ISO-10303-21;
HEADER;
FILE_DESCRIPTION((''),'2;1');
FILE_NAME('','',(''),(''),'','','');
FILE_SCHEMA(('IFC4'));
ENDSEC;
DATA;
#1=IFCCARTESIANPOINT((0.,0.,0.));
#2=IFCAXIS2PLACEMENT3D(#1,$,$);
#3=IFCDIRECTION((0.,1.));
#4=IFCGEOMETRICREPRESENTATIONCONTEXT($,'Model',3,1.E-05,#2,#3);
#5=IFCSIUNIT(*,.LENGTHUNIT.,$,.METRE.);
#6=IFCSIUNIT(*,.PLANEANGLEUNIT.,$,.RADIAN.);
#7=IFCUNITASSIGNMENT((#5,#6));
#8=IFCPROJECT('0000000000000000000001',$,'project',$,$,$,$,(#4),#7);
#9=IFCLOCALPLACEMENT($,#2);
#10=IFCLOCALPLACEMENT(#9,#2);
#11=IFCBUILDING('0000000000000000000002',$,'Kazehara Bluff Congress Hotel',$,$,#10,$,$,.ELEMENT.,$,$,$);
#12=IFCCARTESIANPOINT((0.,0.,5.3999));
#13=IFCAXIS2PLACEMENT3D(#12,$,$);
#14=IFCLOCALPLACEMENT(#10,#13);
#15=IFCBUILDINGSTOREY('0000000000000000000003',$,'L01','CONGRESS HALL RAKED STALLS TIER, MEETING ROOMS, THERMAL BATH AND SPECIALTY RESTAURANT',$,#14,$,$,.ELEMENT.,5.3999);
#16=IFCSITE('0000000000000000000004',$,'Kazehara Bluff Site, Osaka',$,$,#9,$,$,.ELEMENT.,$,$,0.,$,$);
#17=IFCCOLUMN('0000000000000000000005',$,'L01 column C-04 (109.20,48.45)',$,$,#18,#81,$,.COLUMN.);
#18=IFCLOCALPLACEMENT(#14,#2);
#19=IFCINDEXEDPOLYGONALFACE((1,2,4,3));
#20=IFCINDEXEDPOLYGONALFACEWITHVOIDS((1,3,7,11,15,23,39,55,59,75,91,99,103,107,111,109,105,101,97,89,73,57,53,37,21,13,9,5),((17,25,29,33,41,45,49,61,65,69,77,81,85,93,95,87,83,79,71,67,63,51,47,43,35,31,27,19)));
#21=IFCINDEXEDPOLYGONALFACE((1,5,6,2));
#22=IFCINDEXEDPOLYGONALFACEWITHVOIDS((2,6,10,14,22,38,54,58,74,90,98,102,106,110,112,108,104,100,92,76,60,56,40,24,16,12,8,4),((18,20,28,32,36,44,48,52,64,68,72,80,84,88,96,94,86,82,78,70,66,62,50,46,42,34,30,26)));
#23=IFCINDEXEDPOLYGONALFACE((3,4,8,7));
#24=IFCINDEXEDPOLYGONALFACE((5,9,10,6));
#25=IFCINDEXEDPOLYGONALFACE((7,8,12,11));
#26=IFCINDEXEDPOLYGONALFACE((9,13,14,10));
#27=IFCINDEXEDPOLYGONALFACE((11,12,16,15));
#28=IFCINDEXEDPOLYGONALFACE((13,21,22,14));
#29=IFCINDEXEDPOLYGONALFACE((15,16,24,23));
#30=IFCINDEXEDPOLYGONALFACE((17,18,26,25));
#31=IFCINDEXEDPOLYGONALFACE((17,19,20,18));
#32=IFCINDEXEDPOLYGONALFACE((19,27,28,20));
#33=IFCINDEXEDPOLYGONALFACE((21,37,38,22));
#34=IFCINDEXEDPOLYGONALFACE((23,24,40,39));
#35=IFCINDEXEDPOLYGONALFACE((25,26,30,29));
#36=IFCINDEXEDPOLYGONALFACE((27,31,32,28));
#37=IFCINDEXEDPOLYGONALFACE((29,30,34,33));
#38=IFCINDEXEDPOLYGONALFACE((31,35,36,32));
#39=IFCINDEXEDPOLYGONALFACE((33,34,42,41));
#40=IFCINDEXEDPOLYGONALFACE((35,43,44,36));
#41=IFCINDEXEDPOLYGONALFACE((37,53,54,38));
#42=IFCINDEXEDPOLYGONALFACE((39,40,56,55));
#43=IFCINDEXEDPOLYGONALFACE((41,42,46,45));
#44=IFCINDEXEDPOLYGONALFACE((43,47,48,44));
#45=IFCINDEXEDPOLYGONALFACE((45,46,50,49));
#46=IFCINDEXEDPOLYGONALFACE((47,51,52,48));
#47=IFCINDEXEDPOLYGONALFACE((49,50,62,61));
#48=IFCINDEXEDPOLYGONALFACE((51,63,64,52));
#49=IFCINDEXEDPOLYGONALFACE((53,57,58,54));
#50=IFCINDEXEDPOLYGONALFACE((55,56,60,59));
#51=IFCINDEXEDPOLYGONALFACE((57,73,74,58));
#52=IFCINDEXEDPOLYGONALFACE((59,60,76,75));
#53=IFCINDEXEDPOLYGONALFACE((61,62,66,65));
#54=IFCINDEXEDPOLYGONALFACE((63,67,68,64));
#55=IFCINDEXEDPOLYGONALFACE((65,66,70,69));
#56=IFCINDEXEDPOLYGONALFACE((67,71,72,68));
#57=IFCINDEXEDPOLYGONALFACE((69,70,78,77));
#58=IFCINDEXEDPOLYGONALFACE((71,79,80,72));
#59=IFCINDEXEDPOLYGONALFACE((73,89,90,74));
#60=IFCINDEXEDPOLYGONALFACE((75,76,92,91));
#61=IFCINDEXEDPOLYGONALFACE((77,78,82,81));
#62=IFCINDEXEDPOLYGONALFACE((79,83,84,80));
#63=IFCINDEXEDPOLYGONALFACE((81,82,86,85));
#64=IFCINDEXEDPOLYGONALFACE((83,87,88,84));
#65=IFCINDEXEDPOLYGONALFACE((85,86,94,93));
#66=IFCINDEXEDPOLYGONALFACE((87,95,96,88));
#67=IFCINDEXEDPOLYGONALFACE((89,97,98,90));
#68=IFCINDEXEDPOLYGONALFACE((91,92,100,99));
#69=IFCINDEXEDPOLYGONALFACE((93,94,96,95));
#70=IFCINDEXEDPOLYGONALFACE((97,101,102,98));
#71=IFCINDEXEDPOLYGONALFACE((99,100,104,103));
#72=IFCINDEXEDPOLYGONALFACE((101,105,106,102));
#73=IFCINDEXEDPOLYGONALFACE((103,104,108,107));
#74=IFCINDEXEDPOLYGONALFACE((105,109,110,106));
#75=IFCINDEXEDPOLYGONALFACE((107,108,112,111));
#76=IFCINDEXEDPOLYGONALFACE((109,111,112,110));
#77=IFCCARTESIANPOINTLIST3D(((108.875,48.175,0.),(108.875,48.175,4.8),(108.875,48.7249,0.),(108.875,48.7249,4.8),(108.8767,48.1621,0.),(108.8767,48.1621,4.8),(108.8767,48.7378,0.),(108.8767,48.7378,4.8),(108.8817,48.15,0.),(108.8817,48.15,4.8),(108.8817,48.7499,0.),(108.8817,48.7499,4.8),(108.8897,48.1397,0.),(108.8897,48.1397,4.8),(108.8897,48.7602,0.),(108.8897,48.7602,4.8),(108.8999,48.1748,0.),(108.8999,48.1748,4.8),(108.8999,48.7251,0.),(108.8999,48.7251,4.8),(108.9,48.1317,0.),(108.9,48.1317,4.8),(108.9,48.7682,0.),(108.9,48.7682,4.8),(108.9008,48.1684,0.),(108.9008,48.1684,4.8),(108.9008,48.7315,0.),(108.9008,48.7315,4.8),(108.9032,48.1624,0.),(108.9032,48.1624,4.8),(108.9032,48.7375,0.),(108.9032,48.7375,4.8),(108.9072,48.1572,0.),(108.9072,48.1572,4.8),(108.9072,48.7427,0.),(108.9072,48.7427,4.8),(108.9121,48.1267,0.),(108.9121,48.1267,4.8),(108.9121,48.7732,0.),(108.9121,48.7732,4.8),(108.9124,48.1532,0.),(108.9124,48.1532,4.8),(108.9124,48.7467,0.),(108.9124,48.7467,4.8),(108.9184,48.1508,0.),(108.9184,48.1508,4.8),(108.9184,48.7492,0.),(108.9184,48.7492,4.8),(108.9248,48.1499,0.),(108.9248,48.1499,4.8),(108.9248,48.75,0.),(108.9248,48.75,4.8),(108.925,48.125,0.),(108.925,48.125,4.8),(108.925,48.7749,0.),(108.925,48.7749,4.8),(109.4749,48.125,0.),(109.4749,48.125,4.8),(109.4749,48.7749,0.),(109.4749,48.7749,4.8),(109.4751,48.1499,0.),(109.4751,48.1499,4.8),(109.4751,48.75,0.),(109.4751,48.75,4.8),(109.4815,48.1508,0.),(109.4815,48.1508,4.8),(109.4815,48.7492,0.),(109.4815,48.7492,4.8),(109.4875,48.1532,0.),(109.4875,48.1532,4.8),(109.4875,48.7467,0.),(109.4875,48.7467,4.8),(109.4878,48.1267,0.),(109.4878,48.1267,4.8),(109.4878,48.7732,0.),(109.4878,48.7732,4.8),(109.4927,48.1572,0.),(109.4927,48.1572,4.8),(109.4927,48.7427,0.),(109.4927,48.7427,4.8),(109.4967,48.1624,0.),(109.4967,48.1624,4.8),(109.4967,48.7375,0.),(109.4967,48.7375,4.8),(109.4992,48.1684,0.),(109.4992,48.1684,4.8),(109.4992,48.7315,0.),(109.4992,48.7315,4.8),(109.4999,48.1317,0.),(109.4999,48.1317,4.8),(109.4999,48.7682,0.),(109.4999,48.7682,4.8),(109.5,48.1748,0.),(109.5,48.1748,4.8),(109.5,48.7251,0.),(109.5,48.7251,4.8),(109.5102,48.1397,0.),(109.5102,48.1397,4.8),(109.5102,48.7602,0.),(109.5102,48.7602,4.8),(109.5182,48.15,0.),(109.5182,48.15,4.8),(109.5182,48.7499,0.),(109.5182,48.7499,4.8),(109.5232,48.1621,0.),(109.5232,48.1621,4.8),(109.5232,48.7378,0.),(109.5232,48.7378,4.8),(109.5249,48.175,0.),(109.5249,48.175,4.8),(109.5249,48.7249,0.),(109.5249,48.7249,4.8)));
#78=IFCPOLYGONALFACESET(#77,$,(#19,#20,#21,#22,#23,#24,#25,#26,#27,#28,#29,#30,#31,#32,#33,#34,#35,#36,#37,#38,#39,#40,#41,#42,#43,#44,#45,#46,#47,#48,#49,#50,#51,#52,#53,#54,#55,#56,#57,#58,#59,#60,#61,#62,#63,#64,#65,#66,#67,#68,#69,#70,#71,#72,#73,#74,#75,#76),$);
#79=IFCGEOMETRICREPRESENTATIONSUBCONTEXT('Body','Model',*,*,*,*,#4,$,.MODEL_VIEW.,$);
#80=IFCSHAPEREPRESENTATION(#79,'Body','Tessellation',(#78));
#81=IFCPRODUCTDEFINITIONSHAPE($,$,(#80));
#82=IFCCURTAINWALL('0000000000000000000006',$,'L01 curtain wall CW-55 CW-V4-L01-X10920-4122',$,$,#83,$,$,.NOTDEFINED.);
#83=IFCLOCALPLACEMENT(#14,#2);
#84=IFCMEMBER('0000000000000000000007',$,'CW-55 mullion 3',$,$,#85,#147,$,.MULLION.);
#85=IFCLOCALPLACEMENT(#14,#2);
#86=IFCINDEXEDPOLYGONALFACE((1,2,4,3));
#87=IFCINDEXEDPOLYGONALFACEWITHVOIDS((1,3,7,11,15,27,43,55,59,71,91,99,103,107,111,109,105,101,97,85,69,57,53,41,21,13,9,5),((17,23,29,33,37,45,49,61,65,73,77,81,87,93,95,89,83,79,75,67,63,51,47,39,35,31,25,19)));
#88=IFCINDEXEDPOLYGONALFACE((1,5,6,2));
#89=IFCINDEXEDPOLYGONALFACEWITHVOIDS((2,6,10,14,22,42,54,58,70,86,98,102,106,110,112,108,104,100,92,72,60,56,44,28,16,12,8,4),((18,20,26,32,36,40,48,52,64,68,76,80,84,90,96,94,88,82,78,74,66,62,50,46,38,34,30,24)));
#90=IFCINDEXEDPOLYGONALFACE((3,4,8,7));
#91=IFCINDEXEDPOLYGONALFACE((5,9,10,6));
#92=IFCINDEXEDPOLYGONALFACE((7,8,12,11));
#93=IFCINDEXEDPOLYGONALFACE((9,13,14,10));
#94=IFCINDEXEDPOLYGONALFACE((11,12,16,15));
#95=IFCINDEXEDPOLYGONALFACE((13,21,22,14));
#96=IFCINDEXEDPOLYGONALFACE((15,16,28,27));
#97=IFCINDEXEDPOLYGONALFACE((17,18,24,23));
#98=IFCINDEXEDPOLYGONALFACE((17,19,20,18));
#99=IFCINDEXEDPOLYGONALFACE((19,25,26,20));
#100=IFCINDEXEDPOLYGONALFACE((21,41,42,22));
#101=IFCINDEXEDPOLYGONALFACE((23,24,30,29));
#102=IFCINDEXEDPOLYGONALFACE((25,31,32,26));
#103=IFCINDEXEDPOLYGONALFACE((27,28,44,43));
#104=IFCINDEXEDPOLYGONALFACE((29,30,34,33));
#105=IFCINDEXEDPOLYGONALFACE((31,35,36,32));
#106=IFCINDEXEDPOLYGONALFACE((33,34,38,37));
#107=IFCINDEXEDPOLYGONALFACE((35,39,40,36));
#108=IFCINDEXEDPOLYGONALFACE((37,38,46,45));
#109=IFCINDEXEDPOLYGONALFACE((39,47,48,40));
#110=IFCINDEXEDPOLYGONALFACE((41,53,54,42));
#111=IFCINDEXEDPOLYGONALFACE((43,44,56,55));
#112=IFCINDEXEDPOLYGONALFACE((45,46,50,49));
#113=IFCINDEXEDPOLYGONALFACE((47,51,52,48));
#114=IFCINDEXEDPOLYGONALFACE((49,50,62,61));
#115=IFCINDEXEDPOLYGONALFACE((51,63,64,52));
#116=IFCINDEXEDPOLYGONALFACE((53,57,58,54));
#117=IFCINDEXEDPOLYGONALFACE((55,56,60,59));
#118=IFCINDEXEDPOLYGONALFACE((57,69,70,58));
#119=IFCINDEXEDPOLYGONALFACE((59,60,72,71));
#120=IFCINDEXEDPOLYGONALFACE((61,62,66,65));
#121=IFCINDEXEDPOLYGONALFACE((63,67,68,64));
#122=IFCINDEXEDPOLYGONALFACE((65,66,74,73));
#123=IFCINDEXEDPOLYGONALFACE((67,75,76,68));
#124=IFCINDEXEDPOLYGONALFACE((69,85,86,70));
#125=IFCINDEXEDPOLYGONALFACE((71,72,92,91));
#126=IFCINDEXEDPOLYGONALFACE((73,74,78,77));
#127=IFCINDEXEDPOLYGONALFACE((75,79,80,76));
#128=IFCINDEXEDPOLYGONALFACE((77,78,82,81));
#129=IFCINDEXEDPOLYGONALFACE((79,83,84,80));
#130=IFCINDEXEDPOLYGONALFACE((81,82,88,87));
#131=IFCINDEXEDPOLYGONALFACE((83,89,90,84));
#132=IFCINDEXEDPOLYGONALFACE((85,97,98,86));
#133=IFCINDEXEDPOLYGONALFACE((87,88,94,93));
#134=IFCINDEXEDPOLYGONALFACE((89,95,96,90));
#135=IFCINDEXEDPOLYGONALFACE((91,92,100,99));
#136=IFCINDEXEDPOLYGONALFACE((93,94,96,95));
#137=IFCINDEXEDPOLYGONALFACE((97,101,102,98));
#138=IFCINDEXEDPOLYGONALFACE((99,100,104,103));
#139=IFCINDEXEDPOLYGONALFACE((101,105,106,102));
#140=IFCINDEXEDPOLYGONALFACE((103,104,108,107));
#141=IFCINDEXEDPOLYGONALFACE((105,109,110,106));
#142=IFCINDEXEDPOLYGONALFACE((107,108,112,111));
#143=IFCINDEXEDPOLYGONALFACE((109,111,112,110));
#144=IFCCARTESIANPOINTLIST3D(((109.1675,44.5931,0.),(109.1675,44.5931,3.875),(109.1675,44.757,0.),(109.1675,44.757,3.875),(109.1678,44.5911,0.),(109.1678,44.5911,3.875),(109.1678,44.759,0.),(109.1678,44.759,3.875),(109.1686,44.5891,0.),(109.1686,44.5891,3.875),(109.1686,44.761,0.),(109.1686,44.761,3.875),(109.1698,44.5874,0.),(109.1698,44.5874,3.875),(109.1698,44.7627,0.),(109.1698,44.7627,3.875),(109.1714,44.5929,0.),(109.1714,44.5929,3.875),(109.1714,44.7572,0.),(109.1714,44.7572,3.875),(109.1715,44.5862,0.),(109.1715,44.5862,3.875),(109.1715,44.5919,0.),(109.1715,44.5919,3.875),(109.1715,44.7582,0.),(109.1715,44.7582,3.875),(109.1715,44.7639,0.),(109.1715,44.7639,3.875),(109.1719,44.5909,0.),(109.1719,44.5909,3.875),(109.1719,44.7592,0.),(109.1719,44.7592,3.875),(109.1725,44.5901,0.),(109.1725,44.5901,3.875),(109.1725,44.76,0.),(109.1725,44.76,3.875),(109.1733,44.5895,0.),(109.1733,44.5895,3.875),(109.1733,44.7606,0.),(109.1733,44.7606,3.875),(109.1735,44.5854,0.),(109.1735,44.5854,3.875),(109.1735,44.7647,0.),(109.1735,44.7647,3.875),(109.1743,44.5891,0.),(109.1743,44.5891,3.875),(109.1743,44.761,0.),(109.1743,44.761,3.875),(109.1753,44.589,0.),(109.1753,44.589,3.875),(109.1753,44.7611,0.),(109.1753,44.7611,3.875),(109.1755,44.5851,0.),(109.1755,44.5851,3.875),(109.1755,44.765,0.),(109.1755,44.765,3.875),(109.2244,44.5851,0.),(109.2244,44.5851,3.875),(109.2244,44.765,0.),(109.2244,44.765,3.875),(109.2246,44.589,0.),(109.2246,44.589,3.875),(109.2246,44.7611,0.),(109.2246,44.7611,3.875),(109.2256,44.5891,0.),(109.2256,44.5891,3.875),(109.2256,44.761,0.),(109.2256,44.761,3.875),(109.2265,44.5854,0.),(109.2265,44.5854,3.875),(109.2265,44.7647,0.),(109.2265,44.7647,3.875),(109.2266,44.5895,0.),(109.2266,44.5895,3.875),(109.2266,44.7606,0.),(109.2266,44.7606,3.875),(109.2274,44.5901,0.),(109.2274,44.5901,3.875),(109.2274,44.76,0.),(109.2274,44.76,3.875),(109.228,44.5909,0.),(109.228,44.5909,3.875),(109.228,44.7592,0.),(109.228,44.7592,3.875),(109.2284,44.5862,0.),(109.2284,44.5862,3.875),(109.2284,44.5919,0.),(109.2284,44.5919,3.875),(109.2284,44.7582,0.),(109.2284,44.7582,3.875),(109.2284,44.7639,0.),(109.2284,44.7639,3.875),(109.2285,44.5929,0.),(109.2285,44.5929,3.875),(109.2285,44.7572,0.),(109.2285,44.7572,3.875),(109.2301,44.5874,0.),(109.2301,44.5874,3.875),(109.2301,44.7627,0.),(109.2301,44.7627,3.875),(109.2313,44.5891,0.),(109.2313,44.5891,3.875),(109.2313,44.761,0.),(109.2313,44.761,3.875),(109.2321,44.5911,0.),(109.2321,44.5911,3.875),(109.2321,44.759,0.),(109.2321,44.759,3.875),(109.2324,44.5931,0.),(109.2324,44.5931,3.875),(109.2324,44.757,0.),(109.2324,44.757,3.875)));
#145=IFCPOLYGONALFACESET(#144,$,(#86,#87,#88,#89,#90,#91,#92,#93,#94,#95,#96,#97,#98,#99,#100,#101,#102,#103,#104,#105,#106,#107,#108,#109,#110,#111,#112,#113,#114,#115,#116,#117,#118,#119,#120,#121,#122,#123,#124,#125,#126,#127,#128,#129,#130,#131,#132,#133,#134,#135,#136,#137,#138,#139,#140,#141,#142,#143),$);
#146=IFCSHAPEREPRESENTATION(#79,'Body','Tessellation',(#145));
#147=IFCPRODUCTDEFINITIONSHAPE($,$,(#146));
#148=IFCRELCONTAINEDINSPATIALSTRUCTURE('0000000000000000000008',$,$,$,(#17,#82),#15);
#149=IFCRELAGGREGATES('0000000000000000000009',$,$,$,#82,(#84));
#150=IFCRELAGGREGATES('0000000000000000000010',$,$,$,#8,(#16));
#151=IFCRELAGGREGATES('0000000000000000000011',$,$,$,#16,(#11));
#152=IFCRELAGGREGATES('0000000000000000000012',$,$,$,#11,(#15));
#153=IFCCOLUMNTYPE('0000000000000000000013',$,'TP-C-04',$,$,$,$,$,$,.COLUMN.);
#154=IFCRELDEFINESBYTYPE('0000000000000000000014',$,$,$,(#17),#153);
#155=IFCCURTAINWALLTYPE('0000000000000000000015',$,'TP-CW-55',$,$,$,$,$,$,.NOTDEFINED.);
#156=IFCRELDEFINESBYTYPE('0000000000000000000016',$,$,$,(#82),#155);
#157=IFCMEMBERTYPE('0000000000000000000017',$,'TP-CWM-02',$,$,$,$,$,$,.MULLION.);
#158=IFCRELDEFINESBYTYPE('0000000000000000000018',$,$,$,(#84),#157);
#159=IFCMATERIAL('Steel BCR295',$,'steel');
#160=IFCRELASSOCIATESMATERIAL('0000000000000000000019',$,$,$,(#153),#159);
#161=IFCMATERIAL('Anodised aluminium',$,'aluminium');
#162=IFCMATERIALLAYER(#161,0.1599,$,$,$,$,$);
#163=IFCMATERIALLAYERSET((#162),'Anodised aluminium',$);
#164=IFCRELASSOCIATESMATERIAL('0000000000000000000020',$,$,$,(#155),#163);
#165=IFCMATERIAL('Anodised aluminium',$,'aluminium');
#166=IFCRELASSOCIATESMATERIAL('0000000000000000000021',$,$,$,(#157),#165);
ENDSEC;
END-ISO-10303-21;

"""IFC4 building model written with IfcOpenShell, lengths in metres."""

from ifc_helpers import new_model, si_unit, direction, frame, origin, origin_2d, place, context, subcontext, project, spatial, hollow_rectangle, extrude, material, layer, layer_set, material_profile, profile_set, type_object, element, aggregate, save


model = new_model("IFC4")

# Units and contexts
model_context = context("Model", 3, precision=1e-05, world=origin(), true_north=direction((0.0, 1.0)))
body_context = subcontext(model_context, "Body", "Model", "MODEL_VIEW")
ifc_project = project(units=[si_unit("LENGTHUNIT", "METRE"), si_unit("PLANEANGLEUNIT", "RADIAN")], contexts=[model_context])

# Site, building, storey
site_placement = place(None, origin())
site = spatial("IfcSite", under=ifc_project, at=site_placement, Name="Kazehara Bluff Site, Osaka", CompositionType="ELEMENT", RefElevation=0.0)
building_placement = place(site_placement, origin())
building = spatial("IfcBuilding", under=site, at=building_placement, Name="Kazehara Bluff Congress Hotel", CompositionType="ELEMENT")
storey_placement = place(building_placement, frame((0.0, 0.0, 5.3999)))
storey = spatial("IfcBuildingStorey", under=building, at=storey_placement, Name="L01", Description="CONGRESS HALL RAKED STALLS TIER, MEETING ROOMS, THERMAL BATH AND SPECIALTY RESTAURANT", CompositionType="ELEMENT", Elevation=5.3999)

# Column
ifc_material_1 = material(Name="Steel BCR295", Category="steel")
ifc_material_profile_1 = material_profile(ifc_material_1, hollow_rectangle(XDim=0.6499, YDim=0.6499, WallThickness=0.0249, InnerFilletRadius=0.0249, OuterFilletRadius=0.05, at=origin_2d()))
ifc_profile_set_1 = profile_set([ifc_material_profile_1], Name="Steel BCR295")
column_type = type_object("IfcColumnType", Name="TP-C-04", PredefinedType="COLUMN", material=ifc_profile_set_1)
column_placement = place(storey_placement, frame((109.2, 48.45, 0.0), z_axis=(0.0, 0.0, 1.0), x_axis=(1.0, 0.0, 0.0)))
element("IfcColumn", 1, at=column_placement, inside=storey, type_object=column_type, Name="L01 column C-04 (109.20,48.45)", PredefinedType="COLUMN", context=body_context, shape_type="SweptSolid", body=[
    extrude(hollow_rectangle(XDim=0.6499, YDim=0.6499, WallThickness=0.0249, InnerFilletRadius=0.0249, OuterFilletRadius=0.05, at=origin_2d()), origin(), (0.0, 0.0, 1.0), 4.8),
])

# Curtain wall, member
ifc_material_2 = material(Name="Anodised aluminium", Category="aluminium")
ifc_layer_1 = layer(ifc_material_2, 0.1599)
ifc_layer_set_1 = layer_set([ifc_layer_1], Name="Anodised aluminium")
curtain_wall_type_1 = type_object("IfcCurtainWallType", Name="TP-CW-55", PredefinedType="NOTDEFINED", material=ifc_layer_set_1)
curtain_wall_1_placement = place(storey_placement, origin())
curtain_wall_1 = element("IfcCurtainWall", 2, at=curtain_wall_1_placement, inside=storey, type_object=curtain_wall_type_1, Name="L01 curtain wall CW-55 CW-V4-L01-X10920-4122", PredefinedType="NOTDEFINED")
ifc_material_3 = material(Name="Anodised aluminium", Category="aluminium")
ifc_material_profile_2 = material_profile(ifc_material_3, hollow_rectangle(XDim=0.0649, YDim=0.1799, WallThickness=0.0039, InnerFilletRadius=0.0039, OuterFilletRadius=0.0081, at=origin_2d()))
ifc_profile_set_2 = profile_set([ifc_material_profile_2], Name="Anodised aluminium")
member_type_1 = type_object("IfcMemberType", Name="TP-CWM-02", PredefinedType="MULLION", material=ifc_profile_set_2)
member_1_placement = place(storey_placement, frame((109.2, 44.675, 0.0), z_axis=(0.0, 0.0, 1.0), x_axis=(-1.0, 0.0, 0.0)))
member_1 = element("IfcMember", 3, at=member_1_placement, type_object=member_type_1, Name="CW-55 mullion 3", PredefinedType="MULLION", context=body_context, shape_type="SweptSolid", body=[
    extrude(hollow_rectangle(XDim=0.0649, YDim=0.1799, WallThickness=0.0039, InnerFilletRadius=0.0039, OuterFilletRadius=0.0081, at=origin_2d()), origin(), (0.0, 0.0, 1.0), 3.875),
])

aggregate(curtain_wall_1, [member_1])

save(model, "model.ifc")
